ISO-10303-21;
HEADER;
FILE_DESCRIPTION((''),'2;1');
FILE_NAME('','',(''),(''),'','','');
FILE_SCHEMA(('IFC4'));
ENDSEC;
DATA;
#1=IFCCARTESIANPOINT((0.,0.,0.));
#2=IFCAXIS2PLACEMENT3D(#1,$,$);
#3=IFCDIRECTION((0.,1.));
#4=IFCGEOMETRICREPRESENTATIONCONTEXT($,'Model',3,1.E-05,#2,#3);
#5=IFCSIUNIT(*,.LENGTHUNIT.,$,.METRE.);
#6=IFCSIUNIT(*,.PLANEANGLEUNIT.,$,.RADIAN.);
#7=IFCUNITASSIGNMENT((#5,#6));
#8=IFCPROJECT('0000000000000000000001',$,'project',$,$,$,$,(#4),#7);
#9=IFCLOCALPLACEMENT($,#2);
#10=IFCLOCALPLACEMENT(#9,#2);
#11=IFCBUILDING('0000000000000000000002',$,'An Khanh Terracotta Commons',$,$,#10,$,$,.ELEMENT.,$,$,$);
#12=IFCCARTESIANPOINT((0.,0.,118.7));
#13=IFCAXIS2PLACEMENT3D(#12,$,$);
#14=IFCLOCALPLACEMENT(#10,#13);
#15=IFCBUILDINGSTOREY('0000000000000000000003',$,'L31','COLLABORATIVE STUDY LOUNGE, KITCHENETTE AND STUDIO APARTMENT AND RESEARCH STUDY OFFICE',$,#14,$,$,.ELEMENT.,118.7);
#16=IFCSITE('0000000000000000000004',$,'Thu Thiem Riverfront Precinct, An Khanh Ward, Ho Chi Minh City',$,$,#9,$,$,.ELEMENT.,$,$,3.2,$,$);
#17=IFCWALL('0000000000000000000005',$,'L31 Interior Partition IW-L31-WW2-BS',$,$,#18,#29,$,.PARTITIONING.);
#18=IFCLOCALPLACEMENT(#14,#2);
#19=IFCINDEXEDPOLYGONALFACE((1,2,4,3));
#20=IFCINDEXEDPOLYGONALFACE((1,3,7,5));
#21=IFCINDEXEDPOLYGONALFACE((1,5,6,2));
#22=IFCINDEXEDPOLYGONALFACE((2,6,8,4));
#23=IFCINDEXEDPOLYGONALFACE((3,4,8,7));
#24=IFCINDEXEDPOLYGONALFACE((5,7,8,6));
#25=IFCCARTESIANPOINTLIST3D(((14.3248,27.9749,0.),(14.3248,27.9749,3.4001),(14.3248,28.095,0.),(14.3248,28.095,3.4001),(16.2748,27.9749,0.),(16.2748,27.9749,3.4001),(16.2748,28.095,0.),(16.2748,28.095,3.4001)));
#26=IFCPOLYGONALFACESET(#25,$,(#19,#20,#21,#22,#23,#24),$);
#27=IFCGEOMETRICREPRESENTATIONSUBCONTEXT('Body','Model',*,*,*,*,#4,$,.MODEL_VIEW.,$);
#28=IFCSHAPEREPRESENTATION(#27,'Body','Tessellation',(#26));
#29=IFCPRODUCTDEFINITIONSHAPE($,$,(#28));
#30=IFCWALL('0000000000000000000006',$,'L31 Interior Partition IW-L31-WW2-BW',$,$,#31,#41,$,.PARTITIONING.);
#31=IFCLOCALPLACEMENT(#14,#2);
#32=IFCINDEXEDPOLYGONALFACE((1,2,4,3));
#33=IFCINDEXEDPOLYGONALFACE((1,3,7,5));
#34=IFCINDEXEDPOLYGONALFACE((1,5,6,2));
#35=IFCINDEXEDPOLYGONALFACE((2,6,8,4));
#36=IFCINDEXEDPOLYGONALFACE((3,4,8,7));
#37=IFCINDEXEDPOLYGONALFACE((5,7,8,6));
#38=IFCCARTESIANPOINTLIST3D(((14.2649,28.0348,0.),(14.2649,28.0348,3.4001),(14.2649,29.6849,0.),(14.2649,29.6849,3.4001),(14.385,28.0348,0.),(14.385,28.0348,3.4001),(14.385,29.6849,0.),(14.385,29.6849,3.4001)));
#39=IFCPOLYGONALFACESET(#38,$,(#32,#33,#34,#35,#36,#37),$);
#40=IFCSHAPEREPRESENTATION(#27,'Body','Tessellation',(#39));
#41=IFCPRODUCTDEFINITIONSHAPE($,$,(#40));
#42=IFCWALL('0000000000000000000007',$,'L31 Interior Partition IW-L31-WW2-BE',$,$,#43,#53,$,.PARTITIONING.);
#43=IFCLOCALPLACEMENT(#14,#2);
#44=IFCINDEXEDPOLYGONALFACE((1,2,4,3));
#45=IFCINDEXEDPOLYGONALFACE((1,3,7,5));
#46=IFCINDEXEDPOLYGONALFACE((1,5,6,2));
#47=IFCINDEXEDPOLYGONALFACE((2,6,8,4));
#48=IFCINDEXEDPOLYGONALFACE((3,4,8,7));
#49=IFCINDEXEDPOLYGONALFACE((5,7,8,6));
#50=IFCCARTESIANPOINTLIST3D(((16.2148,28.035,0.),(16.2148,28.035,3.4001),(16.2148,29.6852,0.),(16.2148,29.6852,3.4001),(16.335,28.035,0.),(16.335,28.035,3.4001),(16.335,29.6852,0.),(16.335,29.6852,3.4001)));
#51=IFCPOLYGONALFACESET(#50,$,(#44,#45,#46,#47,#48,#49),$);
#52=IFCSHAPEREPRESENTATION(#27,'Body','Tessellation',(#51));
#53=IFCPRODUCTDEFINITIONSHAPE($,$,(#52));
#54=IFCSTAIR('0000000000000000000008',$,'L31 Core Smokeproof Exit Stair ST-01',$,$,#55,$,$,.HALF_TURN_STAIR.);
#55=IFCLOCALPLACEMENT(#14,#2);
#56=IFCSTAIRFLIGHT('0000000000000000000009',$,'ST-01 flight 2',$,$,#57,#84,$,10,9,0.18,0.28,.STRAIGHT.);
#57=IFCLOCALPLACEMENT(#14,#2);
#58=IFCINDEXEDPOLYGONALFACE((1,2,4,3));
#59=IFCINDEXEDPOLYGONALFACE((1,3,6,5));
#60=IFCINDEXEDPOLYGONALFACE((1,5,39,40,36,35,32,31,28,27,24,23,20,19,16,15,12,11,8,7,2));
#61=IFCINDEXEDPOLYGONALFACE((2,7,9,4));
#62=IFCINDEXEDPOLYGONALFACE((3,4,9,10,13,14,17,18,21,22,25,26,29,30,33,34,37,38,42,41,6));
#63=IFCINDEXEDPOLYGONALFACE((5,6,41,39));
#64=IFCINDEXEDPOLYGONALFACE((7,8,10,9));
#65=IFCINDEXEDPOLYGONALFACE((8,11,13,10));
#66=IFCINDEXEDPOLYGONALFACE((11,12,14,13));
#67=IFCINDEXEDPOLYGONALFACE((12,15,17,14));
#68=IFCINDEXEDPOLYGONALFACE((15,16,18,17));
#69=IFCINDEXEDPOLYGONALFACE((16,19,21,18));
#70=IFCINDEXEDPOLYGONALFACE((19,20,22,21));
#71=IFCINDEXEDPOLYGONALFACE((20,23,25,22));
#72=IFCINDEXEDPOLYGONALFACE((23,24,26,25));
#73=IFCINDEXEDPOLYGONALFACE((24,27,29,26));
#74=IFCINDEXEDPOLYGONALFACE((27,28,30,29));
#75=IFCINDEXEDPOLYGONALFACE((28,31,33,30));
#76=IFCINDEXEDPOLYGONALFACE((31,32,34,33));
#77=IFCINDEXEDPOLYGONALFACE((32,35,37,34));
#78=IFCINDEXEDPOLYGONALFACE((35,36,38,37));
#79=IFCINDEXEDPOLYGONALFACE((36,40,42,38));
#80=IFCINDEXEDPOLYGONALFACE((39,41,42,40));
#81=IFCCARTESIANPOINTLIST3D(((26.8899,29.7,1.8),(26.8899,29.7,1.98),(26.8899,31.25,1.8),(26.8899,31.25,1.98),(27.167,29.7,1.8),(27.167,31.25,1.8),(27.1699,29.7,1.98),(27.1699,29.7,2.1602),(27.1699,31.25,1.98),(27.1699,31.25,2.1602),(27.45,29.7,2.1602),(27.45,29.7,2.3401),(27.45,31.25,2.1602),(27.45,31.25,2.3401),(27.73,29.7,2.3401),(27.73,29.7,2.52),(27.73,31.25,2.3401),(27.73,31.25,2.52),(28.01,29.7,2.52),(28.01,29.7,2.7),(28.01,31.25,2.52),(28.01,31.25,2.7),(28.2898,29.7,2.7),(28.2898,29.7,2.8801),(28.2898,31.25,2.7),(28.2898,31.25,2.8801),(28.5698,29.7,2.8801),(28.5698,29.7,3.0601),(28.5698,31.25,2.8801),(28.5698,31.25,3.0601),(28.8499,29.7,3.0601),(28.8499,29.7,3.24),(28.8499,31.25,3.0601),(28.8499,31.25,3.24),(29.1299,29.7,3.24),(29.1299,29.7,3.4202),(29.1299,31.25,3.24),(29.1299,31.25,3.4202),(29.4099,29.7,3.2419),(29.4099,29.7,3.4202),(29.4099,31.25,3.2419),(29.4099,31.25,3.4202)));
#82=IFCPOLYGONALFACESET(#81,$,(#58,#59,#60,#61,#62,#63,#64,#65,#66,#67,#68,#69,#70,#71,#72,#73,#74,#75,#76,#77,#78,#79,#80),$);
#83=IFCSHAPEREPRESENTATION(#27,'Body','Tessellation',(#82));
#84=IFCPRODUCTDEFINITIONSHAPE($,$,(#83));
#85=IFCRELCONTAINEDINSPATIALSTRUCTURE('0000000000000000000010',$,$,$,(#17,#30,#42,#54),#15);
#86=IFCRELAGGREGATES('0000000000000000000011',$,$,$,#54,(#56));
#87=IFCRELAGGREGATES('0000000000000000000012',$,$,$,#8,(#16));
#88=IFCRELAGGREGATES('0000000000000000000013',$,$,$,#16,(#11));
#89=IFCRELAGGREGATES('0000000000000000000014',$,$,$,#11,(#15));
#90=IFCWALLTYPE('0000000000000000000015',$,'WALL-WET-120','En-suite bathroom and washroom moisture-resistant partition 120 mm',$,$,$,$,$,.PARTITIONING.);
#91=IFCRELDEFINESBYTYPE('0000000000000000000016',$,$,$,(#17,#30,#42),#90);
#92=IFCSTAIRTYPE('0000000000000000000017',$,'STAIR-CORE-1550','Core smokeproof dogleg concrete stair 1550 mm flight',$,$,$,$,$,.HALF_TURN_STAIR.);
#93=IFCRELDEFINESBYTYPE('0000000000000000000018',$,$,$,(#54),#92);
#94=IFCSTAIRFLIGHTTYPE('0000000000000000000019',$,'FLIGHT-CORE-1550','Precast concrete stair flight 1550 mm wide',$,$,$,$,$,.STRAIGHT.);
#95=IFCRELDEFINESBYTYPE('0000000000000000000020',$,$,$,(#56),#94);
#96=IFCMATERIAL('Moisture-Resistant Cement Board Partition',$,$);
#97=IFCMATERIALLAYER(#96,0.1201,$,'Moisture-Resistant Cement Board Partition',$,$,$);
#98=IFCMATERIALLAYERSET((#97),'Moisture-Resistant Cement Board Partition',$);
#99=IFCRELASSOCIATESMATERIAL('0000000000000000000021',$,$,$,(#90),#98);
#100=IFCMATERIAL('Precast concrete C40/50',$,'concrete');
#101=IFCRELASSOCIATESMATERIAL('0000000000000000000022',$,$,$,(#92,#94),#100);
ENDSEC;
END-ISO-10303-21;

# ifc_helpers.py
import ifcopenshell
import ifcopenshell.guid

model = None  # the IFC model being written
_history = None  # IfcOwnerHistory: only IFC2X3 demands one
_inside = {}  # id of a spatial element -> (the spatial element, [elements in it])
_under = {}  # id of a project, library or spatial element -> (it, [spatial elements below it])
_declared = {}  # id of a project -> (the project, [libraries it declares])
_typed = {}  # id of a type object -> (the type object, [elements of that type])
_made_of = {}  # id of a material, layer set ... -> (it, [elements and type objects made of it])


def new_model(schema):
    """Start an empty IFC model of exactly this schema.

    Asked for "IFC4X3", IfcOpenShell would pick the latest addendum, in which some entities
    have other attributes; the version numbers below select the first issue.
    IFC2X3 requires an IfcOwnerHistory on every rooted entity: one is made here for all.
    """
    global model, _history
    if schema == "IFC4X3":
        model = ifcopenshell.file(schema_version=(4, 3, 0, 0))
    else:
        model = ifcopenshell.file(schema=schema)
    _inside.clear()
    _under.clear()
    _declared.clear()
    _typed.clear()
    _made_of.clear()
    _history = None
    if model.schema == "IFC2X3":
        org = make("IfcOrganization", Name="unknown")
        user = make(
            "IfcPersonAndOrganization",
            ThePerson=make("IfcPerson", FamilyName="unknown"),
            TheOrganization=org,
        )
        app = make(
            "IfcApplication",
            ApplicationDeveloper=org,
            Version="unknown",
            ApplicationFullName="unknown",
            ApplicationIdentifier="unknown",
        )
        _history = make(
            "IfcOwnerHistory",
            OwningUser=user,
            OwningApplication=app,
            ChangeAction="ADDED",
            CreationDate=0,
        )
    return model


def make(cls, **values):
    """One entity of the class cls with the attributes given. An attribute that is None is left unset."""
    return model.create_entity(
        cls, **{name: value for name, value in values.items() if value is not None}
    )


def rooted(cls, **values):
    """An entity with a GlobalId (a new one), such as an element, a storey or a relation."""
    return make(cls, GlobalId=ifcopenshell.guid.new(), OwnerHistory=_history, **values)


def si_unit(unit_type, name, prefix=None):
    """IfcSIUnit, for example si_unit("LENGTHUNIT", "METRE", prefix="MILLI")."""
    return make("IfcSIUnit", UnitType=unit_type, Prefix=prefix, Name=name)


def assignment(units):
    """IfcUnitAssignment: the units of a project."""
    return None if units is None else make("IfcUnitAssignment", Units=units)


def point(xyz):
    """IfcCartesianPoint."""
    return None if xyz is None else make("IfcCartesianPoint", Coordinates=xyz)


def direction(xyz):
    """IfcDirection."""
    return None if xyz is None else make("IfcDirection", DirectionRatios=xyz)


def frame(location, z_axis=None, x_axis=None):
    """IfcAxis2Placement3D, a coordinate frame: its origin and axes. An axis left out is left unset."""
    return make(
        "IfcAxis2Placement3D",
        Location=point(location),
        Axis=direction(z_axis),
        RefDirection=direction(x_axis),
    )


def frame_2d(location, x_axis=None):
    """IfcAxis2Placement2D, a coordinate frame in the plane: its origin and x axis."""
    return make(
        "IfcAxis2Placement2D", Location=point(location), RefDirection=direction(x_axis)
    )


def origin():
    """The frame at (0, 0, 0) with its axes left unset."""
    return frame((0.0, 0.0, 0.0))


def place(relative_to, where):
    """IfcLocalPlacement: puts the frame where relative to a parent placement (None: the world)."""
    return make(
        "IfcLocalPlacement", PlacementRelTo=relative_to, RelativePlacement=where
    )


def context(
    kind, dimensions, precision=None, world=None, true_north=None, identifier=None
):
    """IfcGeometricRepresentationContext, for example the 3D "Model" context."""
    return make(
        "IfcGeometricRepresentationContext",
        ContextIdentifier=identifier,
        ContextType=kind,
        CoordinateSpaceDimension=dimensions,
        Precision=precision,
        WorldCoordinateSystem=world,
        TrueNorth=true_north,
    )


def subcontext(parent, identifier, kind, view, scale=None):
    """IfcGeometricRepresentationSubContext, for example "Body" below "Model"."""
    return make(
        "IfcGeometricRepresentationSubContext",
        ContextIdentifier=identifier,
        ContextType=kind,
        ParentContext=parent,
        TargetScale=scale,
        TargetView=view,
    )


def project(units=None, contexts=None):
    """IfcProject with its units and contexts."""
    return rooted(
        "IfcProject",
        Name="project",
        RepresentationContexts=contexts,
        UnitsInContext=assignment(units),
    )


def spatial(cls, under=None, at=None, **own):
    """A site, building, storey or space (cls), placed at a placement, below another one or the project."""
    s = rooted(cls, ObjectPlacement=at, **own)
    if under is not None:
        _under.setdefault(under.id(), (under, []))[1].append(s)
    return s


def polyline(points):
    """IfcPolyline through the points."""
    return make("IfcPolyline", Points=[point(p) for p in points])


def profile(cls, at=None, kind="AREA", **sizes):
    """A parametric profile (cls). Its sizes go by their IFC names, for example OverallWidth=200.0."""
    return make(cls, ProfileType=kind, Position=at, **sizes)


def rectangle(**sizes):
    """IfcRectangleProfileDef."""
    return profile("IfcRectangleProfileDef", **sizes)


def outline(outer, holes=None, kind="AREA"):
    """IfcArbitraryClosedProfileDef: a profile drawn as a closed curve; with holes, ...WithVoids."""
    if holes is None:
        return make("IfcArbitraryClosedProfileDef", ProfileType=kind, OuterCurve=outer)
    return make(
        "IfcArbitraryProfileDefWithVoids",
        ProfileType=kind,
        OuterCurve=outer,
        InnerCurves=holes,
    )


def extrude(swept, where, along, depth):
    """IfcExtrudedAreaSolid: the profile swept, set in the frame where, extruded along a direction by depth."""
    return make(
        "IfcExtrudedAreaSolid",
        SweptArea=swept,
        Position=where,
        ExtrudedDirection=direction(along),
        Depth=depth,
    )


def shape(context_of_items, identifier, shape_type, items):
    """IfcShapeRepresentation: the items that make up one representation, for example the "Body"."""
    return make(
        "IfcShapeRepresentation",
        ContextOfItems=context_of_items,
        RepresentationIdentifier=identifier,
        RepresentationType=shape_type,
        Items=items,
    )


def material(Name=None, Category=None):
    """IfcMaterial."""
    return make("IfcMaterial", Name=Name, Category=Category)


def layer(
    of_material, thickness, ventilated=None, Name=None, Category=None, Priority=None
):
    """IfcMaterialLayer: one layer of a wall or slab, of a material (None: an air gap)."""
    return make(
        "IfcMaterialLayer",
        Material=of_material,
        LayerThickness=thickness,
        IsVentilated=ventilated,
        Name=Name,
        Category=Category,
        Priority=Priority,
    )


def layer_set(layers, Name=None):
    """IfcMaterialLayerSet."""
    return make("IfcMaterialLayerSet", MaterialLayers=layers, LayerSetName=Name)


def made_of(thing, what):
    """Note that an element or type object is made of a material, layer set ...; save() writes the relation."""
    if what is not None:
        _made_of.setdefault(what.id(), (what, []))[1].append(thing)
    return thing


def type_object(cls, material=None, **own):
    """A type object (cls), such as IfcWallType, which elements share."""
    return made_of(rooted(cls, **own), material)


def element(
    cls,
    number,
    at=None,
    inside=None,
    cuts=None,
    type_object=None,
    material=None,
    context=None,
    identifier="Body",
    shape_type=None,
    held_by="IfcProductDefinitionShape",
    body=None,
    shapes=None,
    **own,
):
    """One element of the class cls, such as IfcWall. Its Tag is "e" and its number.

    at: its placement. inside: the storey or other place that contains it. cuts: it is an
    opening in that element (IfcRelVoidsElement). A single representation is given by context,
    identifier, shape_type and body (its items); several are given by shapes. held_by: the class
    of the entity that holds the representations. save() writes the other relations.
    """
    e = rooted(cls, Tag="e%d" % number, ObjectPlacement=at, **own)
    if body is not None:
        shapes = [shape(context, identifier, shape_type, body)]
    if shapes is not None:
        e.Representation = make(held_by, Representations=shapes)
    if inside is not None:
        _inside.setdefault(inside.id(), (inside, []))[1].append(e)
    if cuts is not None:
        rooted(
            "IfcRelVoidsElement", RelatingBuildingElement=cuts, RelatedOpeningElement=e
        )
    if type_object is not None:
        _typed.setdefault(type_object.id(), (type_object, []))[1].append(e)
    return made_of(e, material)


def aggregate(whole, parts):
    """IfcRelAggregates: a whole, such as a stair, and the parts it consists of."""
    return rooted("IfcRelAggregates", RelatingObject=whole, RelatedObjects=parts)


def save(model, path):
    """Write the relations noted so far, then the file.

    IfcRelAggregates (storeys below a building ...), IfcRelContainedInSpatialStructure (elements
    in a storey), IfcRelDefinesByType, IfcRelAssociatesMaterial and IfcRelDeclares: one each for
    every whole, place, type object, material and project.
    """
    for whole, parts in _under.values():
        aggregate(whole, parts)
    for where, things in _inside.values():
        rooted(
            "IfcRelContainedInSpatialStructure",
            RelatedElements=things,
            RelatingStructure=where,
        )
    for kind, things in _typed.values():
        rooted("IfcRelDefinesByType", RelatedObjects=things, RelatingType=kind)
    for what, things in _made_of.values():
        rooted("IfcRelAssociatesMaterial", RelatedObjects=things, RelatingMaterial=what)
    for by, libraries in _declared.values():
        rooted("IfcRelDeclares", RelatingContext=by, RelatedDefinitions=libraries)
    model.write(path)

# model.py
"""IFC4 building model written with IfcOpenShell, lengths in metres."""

from ifc_helpers import new_model, si_unit, direction, frame, frame_2d, origin, place, context, subcontext, project, spatial, polyline, rectangle, outline, extrude, material, layer, layer_set, type_object, element, aggregate, save


model = new_model("IFC4")

# Units and contexts
model_context = context("Model", 3, precision=1e-05, world=origin(), true_north=direction((0.0, 1.0)))
body_context = subcontext(model_context, "Body", "Model", "MODEL_VIEW")
ifc_project = project(units=[si_unit("LENGTHUNIT", "METRE"), si_unit("PLANEANGLEUNIT", "RADIAN")], contexts=[model_context])

# Site, building, storey
site_placement = place(None, origin())
site = spatial("IfcSite", under=ifc_project, at=site_placement, Name="Thu Thiem Riverfront Precinct, An Khanh Ward, Ho Chi Minh City", CompositionType="ELEMENT", RefElevation=3.2)
building_placement = place(site_placement, origin())
building = spatial("IfcBuilding", under=site, at=building_placement, Name="An Khanh Terracotta Commons", CompositionType="ELEMENT")
storey_placement = place(building_placement, frame((0.0, 0.0, 118.7)))
storey = spatial("IfcBuildingStorey", under=building, at=storey_placement, Name="L31", Description="COLLABORATIVE STUDY LOUNGE, KITCHENETTE AND STUDIO APARTMENT AND RESEARCH STUDY OFFICE", CompositionType="ELEMENT", Elevation=118.7)

# Shared definitions
ifc_material_1 = material(Name="Moisture-Resistant Cement Board Partition")
ifc_layer_1 = layer(ifc_material_1, 0.1201, Name="Moisture-Resistant Cement Board Partition")
ifc_layer_set_1 = layer_set([ifc_layer_1], Name="Moisture-Resistant Cement Board Partition")
wall_type_1 = type_object("IfcWallType", Name="WALL-WET-120", Description="En-suite bathroom and washroom moisture-resistant partition 120 mm", PredefinedType="PARTITIONING", material=ifc_layer_set_1)

# Walls
wall_1_placement = place(storey_placement, frame((16.2749, 28.0349, 0.0), z_axis=(0.0, 0.0, 1.0), x_axis=(-1.0, 0.0, 0.0)))
element("IfcWall", 1, at=wall_1_placement, inside=storey, type_object=wall_type_1, Name="L31 Interior Partition IW-L31-WW2-BS", PredefinedType="PARTITIONING", context=body_context, shape_type="SweptSolid", body=[
    extrude(rectangle(XDim=1.95, YDim=0.1201, at=frame_2d((0.9751, 0.0))), origin(), (0.0, 0.0, 1.0), 3.4001),
])
for number, where, z_axis, x_axis, name in (
    (2, (14.325, 29.6851, 0.0), (0.0, 0.0, 1.0), (0.0, -1.0, 0.0), "L31 Interior Partition IW-L31-WW2-BW"),
    (3, (16.2749, 28.0349, 0.0), (0.0, 0.0, 1.0), (0.0, 1.0, 0.0), "L31 Interior Partition IW-L31-WW2-BE"),
):
    element("IfcWall", number, at=place(storey_placement, frame(where, z_axis=z_axis, x_axis=x_axis)), inside=storey, type_object=wall_type_1, Name=name, PredefinedType="PARTITIONING", context=body_context, shape_type="SweptSolid", body=[
        extrude(rectangle(XDim=1.6501, YDim=0.1201, at=frame_2d((0.8252, 0.0))), origin(), (0.0, 0.0, 1.0), 3.4001),
    ])

# Stair, stair flight
ifc_material_2 = material(Name="Precast concrete C40/50", Category="concrete")
stair_type = type_object("IfcStairType", Name="STAIR-CORE-1550", Description="Core smokeproof dogleg concrete stair 1550 mm flight", PredefinedType="HALF_TURN_STAIR", material=ifc_material_2)
stair_placement = place(storey_placement, origin())
stair = element("IfcStair", 4, at=stair_placement, inside=storey, type_object=stair_type, Name="L31 Core Smokeproof Exit Stair ST-01", PredefinedType="HALF_TURN_STAIR")
stair_flight_type = type_object("IfcStairFlightType", Name="FLIGHT-CORE-1550", Description="Precast concrete stair flight 1550 mm wide", PredefinedType="STRAIGHT", material=ifc_material_2)
stair_flight_placement = place(storey_placement, frame((26.8899, 30.4751, 1.8), z_axis=(0.0, 0.0, 1.0), x_axis=(1.0, 0.0, 0.0)))
stair_flight = element("IfcStairFlight", 5, at=stair_flight_placement, type_object=stair_flight_type, Name="ST-01 flight 2", NumberOfRisers=10, NumberOfTreads=9, PredefinedType="STRAIGHT", RiserHeight=0.18, TreadLength=0.28, context=body_context, shape_type="SweptSolid", body=[
    extrude(outline(polyline([(0.0, 0.0), (0.0, 0.1799), (0.28, 0.1799), (0.28, 0.3601), (0.5601, 0.3601), (0.5601, 0.54), (0.8401, 0.54), (0.8401, 0.72), (1.1201, 0.72), (1.1201, 0.8999), (1.3999, 0.8999), (1.3999, 1.0801), (1.6799, 1.0801), (1.6799, 1.26), (1.96, 1.26), (1.96, 1.4399), (2.24, 1.4399), (2.24, 1.6201), (2.52, 1.6201), (2.52, 1.8), (2.52, 1.4419), (0.2771, 0.0), (0.0, 0.0)])), frame((0.0, 0.7749, 0.0), z_axis=(0.0, -1.0, 0.0), x_axis=(1.0, 0.0, 0.0)), (0.0, 0.0, 1.0), 1.55),
])
aggregate(stair, [stair_flight])

save(model, "model.ifc")
